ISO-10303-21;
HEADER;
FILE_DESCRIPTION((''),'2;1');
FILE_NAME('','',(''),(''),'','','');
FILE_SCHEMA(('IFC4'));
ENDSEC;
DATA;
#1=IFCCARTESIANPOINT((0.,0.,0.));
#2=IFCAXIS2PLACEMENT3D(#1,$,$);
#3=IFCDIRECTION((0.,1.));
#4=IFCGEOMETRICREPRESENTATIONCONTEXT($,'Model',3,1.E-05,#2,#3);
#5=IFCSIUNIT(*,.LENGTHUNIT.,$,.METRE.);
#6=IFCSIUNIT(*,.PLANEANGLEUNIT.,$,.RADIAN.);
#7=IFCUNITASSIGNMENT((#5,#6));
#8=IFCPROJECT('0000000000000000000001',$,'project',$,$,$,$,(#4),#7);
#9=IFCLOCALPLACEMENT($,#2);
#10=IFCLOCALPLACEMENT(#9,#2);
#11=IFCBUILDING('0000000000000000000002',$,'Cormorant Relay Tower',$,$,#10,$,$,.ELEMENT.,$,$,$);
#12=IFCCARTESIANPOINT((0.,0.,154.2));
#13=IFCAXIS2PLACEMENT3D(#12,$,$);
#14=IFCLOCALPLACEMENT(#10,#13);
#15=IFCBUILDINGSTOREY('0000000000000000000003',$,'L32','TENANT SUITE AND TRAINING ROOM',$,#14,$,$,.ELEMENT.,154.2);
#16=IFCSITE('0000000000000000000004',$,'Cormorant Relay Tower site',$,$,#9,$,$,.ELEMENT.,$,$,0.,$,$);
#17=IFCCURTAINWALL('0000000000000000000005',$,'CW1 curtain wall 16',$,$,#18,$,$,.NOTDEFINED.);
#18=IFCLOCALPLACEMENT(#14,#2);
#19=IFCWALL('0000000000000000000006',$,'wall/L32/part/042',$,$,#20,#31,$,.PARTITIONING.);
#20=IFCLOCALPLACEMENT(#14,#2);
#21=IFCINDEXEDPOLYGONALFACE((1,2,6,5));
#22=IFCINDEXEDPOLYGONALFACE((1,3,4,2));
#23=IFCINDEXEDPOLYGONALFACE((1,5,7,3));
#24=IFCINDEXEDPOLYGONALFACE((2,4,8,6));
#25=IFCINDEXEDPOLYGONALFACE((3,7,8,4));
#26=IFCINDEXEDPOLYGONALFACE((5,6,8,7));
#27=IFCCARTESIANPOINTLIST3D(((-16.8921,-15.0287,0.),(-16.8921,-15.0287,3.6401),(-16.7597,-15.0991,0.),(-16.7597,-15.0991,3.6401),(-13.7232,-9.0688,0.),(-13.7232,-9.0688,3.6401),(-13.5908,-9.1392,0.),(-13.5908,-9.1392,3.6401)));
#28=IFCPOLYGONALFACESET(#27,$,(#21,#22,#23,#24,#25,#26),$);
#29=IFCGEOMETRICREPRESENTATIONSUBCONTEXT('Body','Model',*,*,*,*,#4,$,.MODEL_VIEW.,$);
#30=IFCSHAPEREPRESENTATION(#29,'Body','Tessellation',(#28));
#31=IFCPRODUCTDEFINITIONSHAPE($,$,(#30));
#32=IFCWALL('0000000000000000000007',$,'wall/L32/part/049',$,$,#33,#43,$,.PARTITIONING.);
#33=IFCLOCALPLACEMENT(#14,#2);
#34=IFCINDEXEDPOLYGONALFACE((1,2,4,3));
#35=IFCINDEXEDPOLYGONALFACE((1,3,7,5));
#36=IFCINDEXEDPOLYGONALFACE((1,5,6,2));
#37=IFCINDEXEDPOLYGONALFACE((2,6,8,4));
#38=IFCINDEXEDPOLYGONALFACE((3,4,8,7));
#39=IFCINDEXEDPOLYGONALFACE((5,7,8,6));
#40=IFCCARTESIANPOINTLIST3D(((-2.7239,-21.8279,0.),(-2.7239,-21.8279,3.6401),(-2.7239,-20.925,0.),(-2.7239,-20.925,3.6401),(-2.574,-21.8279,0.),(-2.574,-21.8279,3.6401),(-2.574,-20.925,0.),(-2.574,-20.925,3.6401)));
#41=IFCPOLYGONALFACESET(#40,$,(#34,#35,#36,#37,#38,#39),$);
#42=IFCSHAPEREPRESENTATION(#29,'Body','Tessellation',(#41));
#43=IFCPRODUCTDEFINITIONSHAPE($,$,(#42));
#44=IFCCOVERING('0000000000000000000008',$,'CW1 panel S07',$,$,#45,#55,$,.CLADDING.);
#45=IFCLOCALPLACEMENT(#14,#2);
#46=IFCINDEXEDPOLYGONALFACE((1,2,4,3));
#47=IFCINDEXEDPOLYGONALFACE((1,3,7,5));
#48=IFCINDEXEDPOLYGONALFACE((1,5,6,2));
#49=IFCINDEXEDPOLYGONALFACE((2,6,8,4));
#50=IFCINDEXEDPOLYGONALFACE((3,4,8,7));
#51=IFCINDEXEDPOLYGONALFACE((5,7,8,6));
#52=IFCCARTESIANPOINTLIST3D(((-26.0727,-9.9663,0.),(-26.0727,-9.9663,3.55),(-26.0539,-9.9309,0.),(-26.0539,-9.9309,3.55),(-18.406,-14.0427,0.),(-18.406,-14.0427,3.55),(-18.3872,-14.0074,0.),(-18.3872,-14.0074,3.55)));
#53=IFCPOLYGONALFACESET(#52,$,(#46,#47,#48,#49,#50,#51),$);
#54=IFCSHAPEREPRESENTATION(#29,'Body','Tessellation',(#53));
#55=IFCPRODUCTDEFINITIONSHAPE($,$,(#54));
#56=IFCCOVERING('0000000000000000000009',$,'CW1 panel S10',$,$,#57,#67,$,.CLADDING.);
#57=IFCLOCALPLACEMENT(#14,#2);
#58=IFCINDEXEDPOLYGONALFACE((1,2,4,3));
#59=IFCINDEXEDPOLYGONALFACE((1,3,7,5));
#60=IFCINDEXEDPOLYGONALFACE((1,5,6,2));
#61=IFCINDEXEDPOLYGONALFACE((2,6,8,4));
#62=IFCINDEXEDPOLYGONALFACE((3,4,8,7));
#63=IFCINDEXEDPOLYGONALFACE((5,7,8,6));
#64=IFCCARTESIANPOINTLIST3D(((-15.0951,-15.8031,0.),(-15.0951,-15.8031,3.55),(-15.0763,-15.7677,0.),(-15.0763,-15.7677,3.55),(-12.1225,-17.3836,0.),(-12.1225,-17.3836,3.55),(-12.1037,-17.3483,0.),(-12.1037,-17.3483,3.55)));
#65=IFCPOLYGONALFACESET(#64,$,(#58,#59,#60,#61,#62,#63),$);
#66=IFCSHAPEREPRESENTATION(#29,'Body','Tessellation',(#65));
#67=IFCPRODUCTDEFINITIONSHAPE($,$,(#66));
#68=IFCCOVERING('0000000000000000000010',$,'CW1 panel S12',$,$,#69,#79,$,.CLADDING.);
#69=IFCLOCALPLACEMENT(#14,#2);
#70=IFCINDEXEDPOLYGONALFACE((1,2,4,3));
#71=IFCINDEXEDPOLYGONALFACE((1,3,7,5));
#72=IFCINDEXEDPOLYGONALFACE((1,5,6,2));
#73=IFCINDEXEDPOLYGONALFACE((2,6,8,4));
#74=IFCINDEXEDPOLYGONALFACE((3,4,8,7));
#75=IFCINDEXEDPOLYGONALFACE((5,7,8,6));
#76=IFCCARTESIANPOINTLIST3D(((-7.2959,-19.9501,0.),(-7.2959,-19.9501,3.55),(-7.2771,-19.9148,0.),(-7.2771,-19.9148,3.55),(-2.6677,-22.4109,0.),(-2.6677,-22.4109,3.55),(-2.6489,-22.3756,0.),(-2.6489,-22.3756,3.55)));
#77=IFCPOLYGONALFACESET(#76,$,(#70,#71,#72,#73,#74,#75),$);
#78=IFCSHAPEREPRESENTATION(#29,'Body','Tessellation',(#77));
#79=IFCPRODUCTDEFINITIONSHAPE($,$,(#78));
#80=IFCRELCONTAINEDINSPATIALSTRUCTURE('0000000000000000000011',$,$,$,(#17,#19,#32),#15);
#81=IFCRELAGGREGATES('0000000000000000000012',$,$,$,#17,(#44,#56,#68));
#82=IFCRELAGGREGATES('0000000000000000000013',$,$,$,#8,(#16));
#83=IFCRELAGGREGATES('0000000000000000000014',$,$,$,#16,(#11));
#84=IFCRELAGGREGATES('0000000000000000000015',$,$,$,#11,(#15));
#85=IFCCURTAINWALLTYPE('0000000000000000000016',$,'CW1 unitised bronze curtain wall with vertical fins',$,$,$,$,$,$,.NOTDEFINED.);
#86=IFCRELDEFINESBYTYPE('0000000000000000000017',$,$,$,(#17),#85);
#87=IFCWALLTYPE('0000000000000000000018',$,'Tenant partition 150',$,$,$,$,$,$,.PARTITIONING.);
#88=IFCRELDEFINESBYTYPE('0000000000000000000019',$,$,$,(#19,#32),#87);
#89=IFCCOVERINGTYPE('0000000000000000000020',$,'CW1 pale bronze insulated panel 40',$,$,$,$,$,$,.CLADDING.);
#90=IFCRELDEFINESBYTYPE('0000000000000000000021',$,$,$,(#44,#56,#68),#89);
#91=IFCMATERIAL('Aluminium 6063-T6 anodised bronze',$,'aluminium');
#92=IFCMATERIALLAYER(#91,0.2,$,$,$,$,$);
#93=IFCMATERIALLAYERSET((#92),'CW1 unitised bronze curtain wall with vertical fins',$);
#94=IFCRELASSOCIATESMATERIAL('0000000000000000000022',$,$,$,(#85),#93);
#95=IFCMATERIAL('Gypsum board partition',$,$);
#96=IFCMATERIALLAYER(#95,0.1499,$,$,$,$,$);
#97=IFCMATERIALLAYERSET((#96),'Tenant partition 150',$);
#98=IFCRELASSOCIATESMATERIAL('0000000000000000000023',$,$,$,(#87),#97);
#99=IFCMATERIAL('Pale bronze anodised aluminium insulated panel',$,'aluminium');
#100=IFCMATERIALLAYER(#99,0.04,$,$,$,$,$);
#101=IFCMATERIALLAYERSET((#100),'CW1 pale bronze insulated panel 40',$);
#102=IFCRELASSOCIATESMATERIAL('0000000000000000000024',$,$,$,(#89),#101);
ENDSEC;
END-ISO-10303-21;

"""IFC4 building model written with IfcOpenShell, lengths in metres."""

from ifc_helpers import new_model, si_unit, direction, frame, frame_2d, origin, origin_2d, place, context, subcontext, project, spatial, rectangle, extrude, material, layer, layer_set, type_object, element, aggregate, save


model = new_model("IFC4")

# Units and contexts
model_context = context("Model", 3, precision=1e-05, world=origin(), true_north=direction((0.0, 1.0)))
body_context = subcontext(model_context, "Body", "Model", "MODEL_VIEW")
ifc_project = project(units=[si_unit("LENGTHUNIT", "METRE"), si_unit("PLANEANGLEUNIT", "RADIAN")], contexts=[model_context])

# Site, building, storey
site_placement = place(None, origin())
site = spatial("IfcSite", under=ifc_project, at=site_placement, Name="Cormorant Relay Tower site", CompositionType="ELEMENT", RefElevation=0.0)
building_placement = place(site_placement, origin())
building = spatial("IfcBuilding", under=site, at=building_placement, Name="Cormorant Relay Tower", CompositionType="ELEMENT")
storey_placement = place(building_placement, frame((0.0, 0.0, 154.2)))
storey = spatial("IfcBuildingStorey", under=building, at=storey_placement, Name="L32", Description="TENANT SUITE AND TRAINING ROOM", CompositionType="ELEMENT", Elevation=154.2)

# Shared definitions
ifc_material_1 = material(Name="Aluminium 6063-T6 anodised bronze", Category="aluminium")
ifc_layer_1 = layer(ifc_material_1, 0.2)
ifc_layer_set_1 = layer_set([ifc_layer_1], Name="CW1 unitised bronze curtain wall with vertical fins")
curtain_wall_type = type_object("IfcCurtainWallType", Name="CW1 unitised bronze curtain wall with vertical fins", PredefinedType="NOTDEFINED", material=ifc_layer_set_1)

# Curtain wall
curtain_wall_1_placement = place(storey_placement, origin())
curtain_wall_1 = element("IfcCurtainWall", 1, at=curtain_wall_1_placement, inside=storey, type_object=curtain_wall_type, Name="CW1 curtain wall 16", PredefinedType="NOTDEFINED")

# Walls
ifc_material_2 = material(Name="Gypsum board partition")
ifc_layer_2 = layer(ifc_material_2, 0.1499)
ifc_layer_set_2 = layer_set([ifc_layer_2], Name="Tenant partition 150")
wall_type_1 = type_object("IfcWallType", Name="Tenant partition 150", PredefinedType="PARTITIONING", material=ifc_layer_set_2)
wall_1_placement = place(storey_placement, frame((-13.657, -9.104, 0.0), z_axis=(0.0, 0.0, 1.0), x_axis=(-0.469469, -0.882949, 0.0)))
element("IfcWall", 2, at=wall_1_placement, inside=storey, type_object=wall_type_1, Name="wall/L32/part/042", PredefinedType="PARTITIONING", context=body_context, shape_type="SweptSolid", body=[
    extrude(rectangle(XDim=6.75, YDim=0.1499, at=frame_2d((3.375, 0.0))), origin(), (0.0, 0.0, 1.0), 3.6401),
])
wall_2_placement = place(storey_placement, frame((-2.6489, -20.925, 0.0), z_axis=(0.0, 0.0, 1.0), x_axis=(0.0, -1.0, 0.0)))
element("IfcWall", 3, at=wall_2_placement, inside=storey, type_object=wall_type_1, Name="wall/L32/part/049", PredefinedType="PARTITIONING", context=body_context, shape_type="SweptSolid", body=[
    extrude(rectangle(XDim=0.9028, YDim=0.1499, at=frame_2d((0.4514, 0.0))), origin(), (0.0, 0.0, 1.0), 3.6401),
])

# Coverings
ifc_material_3 = material(Name="Pale bronze anodised aluminium insulated panel", Category="aluminium")
ifc_layer_3 = layer(ifc_material_3, 0.04)
ifc_layer_set_3 = layer_set([ifc_layer_3], Name="CW1 pale bronze insulated panel 40")
covering_type = type_object("IfcCoveringType", Name="CW1 pale bronze insulated panel 40", PredefinedType="CLADDING", material=ifc_layer_set_3)
covering_1_placement = place(storey_placement, frame((-22.23, -11.9868, 0.0), z_axis=(0.0, 0.0, 1.0), x_axis=(0.882948, -0.469472, 0.0)))
covering_1 = element("IfcCovering", 4, at=covering_1_placement, type_object=covering_type, Name="CW1 panel S07", PredefinedType="CLADDING", context=body_context, shape_type="SweptSolid", body=[
    extrude(rectangle(XDim=8.6831, YDim=0.04, at=origin_2d()), origin(), (0.0, 0.0, 1.0), 3.55),
])
covering_2_placement = place(storey_placement, frame((-13.5994, -16.5757, 0.0), z_axis=(0.0, 0.0, 1.0), x_axis=(0.882948, -0.469472, 0.0)))
covering_2 = element("IfcCovering", 5, at=covering_2_placement, type_object=covering_type, Name="CW1 panel S10", PredefinedType="CLADDING", context=body_context, shape_type="SweptSolid", body=[
    extrude(rectangle(XDim=3.3667, YDim=0.04, at=origin_2d()), origin(), (0.0, 0.0, 1.0), 3.55),
])
covering_3_placement = place(storey_placement, frame((-4.9724, -21.1628, 0.0), z_axis=(0.0, 0.0, 1.0), x_axis=(0.882948, -0.469472, 0.0)))
covering_3 = element("IfcCovering", 6, at=covering_3_placement, type_object=covering_type, Name="CW1 panel S12", PredefinedType="CLADDING", context=body_context, shape_type="SweptSolid", body=[
    extrude(rectangle(XDim=5.2417, YDim=0.04, at=origin_2d()), origin(), (0.0, 0.0, 1.0), 3.55),
])
aggregate(curtain_wall_1, [covering_1, covering_2, covering_3])

save(model, "model.ifc")
